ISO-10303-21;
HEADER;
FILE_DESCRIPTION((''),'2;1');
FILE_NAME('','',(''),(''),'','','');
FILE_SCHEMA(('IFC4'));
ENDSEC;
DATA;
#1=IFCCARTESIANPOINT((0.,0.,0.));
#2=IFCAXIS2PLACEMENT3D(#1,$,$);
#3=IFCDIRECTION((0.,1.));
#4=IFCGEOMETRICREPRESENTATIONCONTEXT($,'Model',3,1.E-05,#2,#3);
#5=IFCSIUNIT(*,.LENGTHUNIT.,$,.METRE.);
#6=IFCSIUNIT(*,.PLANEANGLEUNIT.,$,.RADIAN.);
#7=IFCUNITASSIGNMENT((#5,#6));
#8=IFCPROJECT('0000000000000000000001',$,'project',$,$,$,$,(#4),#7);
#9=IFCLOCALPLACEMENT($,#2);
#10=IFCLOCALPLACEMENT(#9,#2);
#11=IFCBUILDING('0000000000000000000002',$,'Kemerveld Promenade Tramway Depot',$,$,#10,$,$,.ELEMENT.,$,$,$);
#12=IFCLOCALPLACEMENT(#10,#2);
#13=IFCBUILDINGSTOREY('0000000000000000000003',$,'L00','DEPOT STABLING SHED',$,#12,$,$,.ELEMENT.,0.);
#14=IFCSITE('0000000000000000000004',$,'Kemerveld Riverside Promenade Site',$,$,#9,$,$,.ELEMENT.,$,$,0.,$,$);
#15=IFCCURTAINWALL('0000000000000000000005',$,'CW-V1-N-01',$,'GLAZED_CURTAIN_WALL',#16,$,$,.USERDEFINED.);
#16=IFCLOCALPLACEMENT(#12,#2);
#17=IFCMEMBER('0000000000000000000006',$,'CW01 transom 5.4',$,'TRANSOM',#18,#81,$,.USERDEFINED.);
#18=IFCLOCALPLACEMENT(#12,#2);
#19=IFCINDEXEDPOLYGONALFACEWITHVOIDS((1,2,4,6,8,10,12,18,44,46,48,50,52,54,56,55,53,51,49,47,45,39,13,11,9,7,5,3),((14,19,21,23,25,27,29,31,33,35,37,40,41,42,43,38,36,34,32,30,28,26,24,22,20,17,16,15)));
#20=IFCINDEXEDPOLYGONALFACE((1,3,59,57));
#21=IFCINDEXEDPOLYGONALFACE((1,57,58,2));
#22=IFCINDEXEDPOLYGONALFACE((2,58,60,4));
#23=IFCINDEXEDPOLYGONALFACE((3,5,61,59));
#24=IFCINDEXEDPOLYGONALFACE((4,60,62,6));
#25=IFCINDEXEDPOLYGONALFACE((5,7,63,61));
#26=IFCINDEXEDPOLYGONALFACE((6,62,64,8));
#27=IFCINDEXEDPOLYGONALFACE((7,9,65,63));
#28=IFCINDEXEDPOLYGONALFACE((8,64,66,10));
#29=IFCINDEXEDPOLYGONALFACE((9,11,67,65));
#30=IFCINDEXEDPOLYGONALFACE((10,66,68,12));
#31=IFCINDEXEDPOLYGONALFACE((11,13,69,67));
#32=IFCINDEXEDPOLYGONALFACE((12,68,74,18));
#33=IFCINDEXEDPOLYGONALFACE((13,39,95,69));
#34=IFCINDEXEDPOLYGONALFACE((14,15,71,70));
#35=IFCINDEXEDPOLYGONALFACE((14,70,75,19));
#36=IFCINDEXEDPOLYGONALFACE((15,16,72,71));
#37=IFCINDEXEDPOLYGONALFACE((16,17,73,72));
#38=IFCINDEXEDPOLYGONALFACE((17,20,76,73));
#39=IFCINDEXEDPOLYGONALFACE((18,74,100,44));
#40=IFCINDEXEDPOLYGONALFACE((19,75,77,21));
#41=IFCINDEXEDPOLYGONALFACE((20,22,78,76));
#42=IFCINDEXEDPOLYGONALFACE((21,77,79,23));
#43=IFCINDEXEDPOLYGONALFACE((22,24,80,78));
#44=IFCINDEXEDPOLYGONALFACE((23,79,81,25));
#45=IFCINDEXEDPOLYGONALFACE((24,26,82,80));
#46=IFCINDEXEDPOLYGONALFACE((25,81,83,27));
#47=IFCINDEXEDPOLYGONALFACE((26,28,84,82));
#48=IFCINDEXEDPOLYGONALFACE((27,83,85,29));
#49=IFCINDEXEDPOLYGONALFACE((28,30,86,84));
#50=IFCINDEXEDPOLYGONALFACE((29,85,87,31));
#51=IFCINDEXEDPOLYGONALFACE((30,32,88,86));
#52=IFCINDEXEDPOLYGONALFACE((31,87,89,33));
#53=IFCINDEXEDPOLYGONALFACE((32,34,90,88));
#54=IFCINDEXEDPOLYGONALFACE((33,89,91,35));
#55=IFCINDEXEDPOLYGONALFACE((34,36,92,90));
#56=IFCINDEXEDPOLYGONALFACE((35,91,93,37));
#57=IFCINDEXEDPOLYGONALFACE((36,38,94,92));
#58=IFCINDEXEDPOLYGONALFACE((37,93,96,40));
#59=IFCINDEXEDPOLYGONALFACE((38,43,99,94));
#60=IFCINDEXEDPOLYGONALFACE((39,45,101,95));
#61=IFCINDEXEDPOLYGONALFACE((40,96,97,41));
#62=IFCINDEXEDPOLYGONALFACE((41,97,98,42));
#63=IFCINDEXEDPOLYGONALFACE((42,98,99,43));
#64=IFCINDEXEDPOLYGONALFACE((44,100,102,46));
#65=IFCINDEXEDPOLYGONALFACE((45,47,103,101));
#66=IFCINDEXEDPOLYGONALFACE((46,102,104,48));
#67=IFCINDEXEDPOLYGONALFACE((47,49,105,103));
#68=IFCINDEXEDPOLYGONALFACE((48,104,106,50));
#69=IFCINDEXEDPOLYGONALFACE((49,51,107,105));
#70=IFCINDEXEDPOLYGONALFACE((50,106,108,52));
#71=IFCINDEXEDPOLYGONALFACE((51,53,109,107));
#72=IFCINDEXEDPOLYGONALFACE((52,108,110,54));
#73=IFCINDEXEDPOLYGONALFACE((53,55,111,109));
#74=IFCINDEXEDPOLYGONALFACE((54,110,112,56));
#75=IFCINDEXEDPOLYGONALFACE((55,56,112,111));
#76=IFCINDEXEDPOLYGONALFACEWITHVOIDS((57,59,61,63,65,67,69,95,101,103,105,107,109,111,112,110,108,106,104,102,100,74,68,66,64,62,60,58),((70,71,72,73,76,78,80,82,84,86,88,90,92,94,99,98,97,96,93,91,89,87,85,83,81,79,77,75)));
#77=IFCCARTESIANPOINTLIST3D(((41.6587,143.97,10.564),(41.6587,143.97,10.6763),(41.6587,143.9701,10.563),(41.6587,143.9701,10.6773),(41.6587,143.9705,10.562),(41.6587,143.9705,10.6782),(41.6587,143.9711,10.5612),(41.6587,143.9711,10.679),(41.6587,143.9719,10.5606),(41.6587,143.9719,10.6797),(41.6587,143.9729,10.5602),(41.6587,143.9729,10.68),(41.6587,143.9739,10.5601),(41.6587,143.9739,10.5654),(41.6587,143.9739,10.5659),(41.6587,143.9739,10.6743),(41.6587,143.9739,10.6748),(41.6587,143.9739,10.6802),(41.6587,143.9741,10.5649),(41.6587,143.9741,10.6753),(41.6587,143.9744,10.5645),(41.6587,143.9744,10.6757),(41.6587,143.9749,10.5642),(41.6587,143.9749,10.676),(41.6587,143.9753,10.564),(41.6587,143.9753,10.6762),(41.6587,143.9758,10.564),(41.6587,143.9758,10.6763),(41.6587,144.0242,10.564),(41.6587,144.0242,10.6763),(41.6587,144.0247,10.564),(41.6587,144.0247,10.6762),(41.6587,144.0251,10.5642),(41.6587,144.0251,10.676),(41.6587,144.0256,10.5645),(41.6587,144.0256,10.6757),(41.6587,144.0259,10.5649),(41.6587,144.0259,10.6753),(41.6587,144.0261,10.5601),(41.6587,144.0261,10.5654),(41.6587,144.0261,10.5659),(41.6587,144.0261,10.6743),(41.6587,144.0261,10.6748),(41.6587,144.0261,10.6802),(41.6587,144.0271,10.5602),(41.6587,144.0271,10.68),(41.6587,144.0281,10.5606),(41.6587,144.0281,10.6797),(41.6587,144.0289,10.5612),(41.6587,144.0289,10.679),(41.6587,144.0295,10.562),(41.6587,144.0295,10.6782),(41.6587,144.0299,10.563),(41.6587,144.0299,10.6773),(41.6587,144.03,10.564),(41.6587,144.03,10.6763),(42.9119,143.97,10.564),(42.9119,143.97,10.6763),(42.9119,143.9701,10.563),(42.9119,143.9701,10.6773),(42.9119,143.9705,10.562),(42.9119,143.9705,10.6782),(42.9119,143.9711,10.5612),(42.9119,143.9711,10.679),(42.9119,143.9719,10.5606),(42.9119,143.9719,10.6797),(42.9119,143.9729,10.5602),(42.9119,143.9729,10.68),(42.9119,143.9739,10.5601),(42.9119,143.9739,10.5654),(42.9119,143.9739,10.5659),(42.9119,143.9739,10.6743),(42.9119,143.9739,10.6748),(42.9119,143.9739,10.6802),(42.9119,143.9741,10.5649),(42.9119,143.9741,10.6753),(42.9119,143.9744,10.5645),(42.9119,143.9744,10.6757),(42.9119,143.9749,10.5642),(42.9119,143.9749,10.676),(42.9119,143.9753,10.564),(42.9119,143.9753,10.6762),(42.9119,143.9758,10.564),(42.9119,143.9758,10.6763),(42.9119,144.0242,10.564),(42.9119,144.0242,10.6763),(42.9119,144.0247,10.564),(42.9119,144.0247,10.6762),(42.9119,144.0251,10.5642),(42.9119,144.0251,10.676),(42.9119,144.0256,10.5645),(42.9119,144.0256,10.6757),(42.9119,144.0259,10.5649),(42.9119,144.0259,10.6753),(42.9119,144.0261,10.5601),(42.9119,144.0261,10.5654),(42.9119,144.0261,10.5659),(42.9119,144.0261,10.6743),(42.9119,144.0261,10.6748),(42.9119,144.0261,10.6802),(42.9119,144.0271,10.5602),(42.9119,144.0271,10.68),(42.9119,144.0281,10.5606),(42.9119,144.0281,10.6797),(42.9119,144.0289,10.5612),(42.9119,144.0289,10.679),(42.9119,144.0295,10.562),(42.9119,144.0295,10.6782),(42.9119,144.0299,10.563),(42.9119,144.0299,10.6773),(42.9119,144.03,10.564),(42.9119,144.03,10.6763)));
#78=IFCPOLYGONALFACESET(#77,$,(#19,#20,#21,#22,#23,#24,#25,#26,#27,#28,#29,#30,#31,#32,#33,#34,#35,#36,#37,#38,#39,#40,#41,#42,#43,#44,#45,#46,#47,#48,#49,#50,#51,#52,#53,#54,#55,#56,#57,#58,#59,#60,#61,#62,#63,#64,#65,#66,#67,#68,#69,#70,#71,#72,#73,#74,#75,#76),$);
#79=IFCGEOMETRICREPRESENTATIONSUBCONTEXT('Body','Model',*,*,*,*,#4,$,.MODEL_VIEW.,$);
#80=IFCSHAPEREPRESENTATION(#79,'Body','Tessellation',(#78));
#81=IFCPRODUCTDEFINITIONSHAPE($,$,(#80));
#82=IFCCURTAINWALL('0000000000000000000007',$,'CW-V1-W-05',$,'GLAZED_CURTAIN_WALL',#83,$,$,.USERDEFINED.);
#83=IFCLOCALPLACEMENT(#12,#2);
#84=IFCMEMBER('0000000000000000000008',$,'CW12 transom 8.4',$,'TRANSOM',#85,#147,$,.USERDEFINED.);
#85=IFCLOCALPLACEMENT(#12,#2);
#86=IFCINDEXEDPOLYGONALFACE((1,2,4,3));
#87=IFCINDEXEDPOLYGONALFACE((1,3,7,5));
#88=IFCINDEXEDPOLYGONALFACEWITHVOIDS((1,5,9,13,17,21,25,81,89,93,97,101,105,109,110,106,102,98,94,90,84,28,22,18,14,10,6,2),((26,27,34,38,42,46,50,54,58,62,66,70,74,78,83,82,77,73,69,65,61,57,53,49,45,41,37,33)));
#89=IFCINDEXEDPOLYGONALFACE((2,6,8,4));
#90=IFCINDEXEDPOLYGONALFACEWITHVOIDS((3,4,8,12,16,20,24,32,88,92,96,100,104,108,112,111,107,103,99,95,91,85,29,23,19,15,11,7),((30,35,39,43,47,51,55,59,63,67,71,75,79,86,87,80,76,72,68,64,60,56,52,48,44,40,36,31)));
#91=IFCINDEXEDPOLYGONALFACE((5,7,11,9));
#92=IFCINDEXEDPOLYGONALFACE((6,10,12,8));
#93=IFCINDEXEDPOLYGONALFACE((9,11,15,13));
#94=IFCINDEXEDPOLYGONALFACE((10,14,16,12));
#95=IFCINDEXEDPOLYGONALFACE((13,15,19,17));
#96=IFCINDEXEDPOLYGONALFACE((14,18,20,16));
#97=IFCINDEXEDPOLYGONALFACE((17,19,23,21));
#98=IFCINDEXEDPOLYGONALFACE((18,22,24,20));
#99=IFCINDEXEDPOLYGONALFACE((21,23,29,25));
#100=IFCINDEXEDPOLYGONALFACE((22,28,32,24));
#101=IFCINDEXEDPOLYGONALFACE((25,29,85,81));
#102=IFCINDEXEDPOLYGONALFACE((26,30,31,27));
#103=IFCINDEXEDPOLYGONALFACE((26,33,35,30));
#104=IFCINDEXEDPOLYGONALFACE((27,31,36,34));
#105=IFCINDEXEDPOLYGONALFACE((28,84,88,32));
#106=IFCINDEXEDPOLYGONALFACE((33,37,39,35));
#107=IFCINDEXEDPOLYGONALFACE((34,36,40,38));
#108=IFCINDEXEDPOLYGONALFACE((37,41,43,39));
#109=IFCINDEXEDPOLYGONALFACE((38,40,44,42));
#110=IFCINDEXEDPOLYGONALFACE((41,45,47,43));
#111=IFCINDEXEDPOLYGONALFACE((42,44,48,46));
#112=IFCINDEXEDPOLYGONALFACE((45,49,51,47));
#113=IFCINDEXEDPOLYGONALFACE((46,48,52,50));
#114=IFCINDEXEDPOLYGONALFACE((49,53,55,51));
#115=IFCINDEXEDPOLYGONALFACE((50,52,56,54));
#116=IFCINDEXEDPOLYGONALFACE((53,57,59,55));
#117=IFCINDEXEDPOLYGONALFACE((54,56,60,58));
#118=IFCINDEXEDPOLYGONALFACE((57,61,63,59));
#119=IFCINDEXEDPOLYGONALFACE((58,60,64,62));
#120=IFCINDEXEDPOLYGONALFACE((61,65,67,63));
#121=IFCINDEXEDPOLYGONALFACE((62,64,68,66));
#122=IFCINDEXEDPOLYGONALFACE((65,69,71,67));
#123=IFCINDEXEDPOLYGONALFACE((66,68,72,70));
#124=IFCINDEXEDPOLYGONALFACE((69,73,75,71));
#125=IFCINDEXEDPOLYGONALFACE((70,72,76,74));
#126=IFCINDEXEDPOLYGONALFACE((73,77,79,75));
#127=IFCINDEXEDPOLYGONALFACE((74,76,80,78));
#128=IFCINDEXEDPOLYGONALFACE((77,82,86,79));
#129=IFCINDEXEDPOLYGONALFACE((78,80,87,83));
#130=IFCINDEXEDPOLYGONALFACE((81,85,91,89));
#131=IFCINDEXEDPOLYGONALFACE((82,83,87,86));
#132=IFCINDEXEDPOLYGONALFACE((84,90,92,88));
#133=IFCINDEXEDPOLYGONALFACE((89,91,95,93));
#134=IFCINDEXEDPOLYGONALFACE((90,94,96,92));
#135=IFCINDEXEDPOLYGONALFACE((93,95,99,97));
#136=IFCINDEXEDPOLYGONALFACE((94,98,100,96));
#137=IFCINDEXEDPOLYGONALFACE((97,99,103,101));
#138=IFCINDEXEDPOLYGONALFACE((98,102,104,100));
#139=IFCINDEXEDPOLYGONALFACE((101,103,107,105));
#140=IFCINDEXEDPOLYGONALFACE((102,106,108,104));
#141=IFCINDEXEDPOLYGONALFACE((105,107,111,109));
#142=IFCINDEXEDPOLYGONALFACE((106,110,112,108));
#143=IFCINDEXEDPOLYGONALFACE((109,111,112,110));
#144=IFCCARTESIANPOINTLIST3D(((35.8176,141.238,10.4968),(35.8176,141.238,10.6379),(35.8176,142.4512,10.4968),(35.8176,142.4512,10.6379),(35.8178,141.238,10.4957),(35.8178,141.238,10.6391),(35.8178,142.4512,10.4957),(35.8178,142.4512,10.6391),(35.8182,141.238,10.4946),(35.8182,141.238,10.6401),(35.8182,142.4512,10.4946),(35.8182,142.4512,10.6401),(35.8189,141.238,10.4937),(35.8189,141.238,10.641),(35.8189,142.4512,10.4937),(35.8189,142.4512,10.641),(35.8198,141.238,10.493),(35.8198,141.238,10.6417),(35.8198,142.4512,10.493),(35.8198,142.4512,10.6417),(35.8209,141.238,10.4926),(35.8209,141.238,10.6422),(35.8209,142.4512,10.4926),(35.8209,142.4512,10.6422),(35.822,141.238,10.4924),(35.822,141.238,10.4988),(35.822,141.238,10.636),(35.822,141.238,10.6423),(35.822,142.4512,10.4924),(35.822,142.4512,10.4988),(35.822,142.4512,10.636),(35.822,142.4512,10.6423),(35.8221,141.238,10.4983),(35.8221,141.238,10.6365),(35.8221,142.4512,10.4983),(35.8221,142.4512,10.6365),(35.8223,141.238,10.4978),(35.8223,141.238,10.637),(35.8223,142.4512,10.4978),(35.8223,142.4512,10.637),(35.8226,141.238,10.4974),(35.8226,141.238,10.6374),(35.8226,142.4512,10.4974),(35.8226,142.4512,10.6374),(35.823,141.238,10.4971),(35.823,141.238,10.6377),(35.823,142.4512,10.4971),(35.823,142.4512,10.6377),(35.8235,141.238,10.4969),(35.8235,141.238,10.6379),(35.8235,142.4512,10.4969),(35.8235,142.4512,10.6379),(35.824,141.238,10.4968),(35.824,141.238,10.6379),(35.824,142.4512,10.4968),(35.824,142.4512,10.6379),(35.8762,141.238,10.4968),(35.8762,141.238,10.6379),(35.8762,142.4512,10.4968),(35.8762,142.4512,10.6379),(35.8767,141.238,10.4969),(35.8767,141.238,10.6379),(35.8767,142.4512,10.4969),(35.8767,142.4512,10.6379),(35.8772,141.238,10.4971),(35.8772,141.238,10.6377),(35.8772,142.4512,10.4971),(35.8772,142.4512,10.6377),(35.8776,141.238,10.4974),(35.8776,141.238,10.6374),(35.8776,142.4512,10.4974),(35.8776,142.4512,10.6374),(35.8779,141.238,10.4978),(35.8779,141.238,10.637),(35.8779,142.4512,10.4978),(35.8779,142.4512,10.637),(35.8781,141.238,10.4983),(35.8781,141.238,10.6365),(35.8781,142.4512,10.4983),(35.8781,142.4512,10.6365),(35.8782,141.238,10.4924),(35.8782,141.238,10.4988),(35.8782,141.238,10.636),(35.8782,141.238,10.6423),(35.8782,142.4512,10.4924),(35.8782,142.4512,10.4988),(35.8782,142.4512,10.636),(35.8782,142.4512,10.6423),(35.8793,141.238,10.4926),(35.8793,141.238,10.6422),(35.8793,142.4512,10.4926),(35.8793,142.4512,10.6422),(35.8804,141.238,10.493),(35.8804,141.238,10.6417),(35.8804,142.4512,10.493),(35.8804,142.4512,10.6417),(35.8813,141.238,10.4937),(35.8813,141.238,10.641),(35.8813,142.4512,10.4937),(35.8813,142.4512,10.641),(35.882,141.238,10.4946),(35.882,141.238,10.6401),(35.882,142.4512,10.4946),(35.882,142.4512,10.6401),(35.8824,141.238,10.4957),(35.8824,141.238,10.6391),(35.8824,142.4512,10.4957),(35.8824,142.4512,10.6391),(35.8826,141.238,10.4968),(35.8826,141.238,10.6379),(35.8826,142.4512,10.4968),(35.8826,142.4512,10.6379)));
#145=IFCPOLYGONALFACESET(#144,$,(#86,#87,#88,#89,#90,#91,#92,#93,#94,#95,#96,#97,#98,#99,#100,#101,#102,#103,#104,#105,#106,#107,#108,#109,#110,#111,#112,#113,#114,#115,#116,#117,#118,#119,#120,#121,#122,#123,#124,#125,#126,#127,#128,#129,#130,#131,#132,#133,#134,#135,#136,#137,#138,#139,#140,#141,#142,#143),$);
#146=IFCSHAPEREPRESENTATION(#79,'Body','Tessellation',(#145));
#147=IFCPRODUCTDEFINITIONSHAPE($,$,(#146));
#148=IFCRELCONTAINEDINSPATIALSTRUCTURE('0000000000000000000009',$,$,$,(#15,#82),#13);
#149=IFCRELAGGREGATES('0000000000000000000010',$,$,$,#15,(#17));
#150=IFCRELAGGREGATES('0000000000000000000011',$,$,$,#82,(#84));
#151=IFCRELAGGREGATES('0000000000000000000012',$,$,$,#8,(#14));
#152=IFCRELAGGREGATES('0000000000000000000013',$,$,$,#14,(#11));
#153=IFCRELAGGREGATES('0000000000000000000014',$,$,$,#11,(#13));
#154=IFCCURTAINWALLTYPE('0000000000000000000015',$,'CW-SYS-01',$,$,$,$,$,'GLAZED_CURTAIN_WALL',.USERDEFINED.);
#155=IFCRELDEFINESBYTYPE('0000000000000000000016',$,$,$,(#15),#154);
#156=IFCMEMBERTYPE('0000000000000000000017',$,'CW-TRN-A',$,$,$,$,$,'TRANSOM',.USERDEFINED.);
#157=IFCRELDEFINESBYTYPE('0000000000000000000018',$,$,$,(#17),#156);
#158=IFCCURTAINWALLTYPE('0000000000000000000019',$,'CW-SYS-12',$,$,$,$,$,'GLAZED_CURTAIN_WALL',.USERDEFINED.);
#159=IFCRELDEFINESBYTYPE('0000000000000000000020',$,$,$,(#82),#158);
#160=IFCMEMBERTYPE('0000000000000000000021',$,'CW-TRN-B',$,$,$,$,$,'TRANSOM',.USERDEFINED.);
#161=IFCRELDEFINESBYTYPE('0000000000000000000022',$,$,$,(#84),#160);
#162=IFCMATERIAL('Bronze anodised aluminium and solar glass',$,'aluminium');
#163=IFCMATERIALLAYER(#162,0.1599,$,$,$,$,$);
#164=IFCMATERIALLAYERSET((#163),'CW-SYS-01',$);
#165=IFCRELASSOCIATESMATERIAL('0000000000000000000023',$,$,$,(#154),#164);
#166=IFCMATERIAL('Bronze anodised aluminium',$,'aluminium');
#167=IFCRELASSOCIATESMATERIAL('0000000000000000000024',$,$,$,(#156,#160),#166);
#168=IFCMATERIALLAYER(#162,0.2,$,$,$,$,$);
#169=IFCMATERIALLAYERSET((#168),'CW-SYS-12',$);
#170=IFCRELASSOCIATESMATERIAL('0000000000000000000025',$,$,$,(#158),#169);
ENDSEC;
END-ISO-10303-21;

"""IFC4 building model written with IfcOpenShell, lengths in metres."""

from ifc_helpers import new_model, si_unit, direction, frame, origin, origin_2d, place, context, subcontext, project, spatial, hollow_rectangle, extrude, material, layer, layer_set, material_profile, profile_set, type_object, element, aggregate, save


model = new_model("IFC4")

# Units and contexts
model_context = context("Model", 3, precision=1e-05, world=origin(), true_north=direction((0.0, 1.0)))
body_context = subcontext(model_context, "Body", "Model", "MODEL_VIEW")
ifc_project = project(units=[si_unit("LENGTHUNIT", "METRE"), si_unit("PLANEANGLEUNIT", "RADIAN")], contexts=[model_context])

# Site, building, storey
site_placement = place(None, origin())
site = spatial("IfcSite", under=ifc_project, at=site_placement, Name="Kemerveld Riverside Promenade Site", CompositionType="ELEMENT", RefElevation=0.0)
building_placement = place(site_placement, origin())
building = spatial("IfcBuilding", under=site, at=building_placement, Name="Kemerveld Promenade Tramway Depot", CompositionType="ELEMENT")
storey_placement = place(building_placement, origin())
storey = spatial("IfcBuildingStorey", under=building, at=storey_placement, Name="L00", Description="DEPOT STABLING SHED", CompositionType="ELEMENT", Elevation=0.0)

# Curtain walls, members
ifc_material_1 = material(Name="Bronze anodised aluminium and solar glass", Category="aluminium")
ifc_layer_1 = layer(ifc_material_1, 0.1599)
ifc_layer_set_1 = layer_set([ifc_layer_1], Name="CW-SYS-01")
curtain_wall_type_1 = type_object("IfcCurtainWallType", Name="CW-SYS-01", ElementType="GLAZED_CURTAIN_WALL", PredefinedType="USERDEFINED", material=ifc_layer_set_1)
curtain_wall_1_placement = place(storey_placement, origin())
curtain_wall_1 = element("IfcCurtainWall", 1, at=curtain_wall_1_placement, inside=storey, type_object=curtain_wall_type_1, Name="CW-V1-N-01", ObjectType="GLAZED_CURTAIN_WALL", PredefinedType="USERDEFINED")
ifc_material_2 = material(Name="Bronze anodised aluminium", Category="aluminium")
ifc_material_profile_1 = material_profile(ifc_material_2, hollow_rectangle(XDim=0.0601, YDim=0.1201, WallThickness=0.0039, InnerFilletRadius=0.002, OuterFilletRadius=0.0039, at=origin_2d()), Name="CW-TRN-120x60")
ifc_profile_set_1 = profile_set([ifc_material_profile_1], Name="Bronze anodised aluminium")
member_type_1 = type_object("IfcMemberType", Name="CW-TRN-A", ElementType="TRANSOM", PredefinedType="USERDEFINED", material=ifc_profile_set_1)
member_1_placement = place(storey_placement, frame((41.6587, 144.0, 10.6201), z_axis=(1.0, 0.0, 0.0), x_axis=(0.0, 1.0, 0.0)))
member_1 = element("IfcMember", 2, at=member_1_placement, type_object=member_type_1, Name="CW01 transom 5.4", ObjectType="TRANSOM", PredefinedType="USERDEFINED", context=body_context, shape_type="SweptSolid", body=[
    extrude(hollow_rectangle(XDim=0.0601, YDim=0.1201, WallThickness=0.0039, InnerFilletRadius=0.002, OuterFilletRadius=0.0039, at=origin_2d()), origin(), (0.0, 0.0, 1.0), 1.2532),
])
ifc_layer_2 = layer(ifc_material_1, 0.2)
ifc_layer_set_2 = layer_set([ifc_layer_2], Name="CW-SYS-12")
curtain_wall_type_2 = type_object("IfcCurtainWallType", Name="CW-SYS-12", ElementType="GLAZED_CURTAIN_WALL", PredefinedType="USERDEFINED", material=ifc_layer_set_2)
curtain_wall_2_placement = place(storey_placement, origin())
curtain_wall_2 = element("IfcCurtainWall", 3, at=curtain_wall_2_placement, inside=storey, type_object=curtain_wall_type_2, Name="CW-V1-W-05", ObjectType="GLAZED_CURTAIN_WALL", PredefinedType="USERDEFINED")
ifc_material_profile_2 = material_profile(ifc_material_2, hollow_rectangle(XDim=0.0649, YDim=0.1499, WallThickness=0.0044, InnerFilletRadius=0.002, OuterFilletRadius=0.0044, at=origin_2d()), Name="CW-TRN-150x65")
ifc_profile_set_2 = profile_set([ifc_material_profile_2], Name="Bronze anodised aluminium")
member_type_2 = type_object("IfcMemberType", Name="CW-TRN-B", ElementType="TRANSOM", PredefinedType="USERDEFINED", material=ifc_profile_set_2)
member_2_placement = place(storey_placement, frame((35.8501, 141.238, 10.5674), z_axis=(0.0, 1.0, 0.0), x_axis=(-1.0, 0.0, 0.0)))
member_2 = element("IfcMember", 4, at=member_2_placement, type_object=member_type_2, Name="CW12 transom 8.4", ObjectType="TRANSOM", PredefinedType="USERDEFINED", context=body_context, shape_type="SweptSolid", body=[
    extrude(hollow_rectangle(XDim=0.0649, YDim=0.1499, WallThickness=0.0044, InnerFilletRadius=0.002, OuterFilletRadius=0.0044, at=origin_2d()), origin(), (0.0, 0.0, 1.0), 1.2131),
])

aggregate(curtain_wall_1, [member_1])
aggregate(curtain_wall_2, [member_2])

save(model, "model.ifc")
